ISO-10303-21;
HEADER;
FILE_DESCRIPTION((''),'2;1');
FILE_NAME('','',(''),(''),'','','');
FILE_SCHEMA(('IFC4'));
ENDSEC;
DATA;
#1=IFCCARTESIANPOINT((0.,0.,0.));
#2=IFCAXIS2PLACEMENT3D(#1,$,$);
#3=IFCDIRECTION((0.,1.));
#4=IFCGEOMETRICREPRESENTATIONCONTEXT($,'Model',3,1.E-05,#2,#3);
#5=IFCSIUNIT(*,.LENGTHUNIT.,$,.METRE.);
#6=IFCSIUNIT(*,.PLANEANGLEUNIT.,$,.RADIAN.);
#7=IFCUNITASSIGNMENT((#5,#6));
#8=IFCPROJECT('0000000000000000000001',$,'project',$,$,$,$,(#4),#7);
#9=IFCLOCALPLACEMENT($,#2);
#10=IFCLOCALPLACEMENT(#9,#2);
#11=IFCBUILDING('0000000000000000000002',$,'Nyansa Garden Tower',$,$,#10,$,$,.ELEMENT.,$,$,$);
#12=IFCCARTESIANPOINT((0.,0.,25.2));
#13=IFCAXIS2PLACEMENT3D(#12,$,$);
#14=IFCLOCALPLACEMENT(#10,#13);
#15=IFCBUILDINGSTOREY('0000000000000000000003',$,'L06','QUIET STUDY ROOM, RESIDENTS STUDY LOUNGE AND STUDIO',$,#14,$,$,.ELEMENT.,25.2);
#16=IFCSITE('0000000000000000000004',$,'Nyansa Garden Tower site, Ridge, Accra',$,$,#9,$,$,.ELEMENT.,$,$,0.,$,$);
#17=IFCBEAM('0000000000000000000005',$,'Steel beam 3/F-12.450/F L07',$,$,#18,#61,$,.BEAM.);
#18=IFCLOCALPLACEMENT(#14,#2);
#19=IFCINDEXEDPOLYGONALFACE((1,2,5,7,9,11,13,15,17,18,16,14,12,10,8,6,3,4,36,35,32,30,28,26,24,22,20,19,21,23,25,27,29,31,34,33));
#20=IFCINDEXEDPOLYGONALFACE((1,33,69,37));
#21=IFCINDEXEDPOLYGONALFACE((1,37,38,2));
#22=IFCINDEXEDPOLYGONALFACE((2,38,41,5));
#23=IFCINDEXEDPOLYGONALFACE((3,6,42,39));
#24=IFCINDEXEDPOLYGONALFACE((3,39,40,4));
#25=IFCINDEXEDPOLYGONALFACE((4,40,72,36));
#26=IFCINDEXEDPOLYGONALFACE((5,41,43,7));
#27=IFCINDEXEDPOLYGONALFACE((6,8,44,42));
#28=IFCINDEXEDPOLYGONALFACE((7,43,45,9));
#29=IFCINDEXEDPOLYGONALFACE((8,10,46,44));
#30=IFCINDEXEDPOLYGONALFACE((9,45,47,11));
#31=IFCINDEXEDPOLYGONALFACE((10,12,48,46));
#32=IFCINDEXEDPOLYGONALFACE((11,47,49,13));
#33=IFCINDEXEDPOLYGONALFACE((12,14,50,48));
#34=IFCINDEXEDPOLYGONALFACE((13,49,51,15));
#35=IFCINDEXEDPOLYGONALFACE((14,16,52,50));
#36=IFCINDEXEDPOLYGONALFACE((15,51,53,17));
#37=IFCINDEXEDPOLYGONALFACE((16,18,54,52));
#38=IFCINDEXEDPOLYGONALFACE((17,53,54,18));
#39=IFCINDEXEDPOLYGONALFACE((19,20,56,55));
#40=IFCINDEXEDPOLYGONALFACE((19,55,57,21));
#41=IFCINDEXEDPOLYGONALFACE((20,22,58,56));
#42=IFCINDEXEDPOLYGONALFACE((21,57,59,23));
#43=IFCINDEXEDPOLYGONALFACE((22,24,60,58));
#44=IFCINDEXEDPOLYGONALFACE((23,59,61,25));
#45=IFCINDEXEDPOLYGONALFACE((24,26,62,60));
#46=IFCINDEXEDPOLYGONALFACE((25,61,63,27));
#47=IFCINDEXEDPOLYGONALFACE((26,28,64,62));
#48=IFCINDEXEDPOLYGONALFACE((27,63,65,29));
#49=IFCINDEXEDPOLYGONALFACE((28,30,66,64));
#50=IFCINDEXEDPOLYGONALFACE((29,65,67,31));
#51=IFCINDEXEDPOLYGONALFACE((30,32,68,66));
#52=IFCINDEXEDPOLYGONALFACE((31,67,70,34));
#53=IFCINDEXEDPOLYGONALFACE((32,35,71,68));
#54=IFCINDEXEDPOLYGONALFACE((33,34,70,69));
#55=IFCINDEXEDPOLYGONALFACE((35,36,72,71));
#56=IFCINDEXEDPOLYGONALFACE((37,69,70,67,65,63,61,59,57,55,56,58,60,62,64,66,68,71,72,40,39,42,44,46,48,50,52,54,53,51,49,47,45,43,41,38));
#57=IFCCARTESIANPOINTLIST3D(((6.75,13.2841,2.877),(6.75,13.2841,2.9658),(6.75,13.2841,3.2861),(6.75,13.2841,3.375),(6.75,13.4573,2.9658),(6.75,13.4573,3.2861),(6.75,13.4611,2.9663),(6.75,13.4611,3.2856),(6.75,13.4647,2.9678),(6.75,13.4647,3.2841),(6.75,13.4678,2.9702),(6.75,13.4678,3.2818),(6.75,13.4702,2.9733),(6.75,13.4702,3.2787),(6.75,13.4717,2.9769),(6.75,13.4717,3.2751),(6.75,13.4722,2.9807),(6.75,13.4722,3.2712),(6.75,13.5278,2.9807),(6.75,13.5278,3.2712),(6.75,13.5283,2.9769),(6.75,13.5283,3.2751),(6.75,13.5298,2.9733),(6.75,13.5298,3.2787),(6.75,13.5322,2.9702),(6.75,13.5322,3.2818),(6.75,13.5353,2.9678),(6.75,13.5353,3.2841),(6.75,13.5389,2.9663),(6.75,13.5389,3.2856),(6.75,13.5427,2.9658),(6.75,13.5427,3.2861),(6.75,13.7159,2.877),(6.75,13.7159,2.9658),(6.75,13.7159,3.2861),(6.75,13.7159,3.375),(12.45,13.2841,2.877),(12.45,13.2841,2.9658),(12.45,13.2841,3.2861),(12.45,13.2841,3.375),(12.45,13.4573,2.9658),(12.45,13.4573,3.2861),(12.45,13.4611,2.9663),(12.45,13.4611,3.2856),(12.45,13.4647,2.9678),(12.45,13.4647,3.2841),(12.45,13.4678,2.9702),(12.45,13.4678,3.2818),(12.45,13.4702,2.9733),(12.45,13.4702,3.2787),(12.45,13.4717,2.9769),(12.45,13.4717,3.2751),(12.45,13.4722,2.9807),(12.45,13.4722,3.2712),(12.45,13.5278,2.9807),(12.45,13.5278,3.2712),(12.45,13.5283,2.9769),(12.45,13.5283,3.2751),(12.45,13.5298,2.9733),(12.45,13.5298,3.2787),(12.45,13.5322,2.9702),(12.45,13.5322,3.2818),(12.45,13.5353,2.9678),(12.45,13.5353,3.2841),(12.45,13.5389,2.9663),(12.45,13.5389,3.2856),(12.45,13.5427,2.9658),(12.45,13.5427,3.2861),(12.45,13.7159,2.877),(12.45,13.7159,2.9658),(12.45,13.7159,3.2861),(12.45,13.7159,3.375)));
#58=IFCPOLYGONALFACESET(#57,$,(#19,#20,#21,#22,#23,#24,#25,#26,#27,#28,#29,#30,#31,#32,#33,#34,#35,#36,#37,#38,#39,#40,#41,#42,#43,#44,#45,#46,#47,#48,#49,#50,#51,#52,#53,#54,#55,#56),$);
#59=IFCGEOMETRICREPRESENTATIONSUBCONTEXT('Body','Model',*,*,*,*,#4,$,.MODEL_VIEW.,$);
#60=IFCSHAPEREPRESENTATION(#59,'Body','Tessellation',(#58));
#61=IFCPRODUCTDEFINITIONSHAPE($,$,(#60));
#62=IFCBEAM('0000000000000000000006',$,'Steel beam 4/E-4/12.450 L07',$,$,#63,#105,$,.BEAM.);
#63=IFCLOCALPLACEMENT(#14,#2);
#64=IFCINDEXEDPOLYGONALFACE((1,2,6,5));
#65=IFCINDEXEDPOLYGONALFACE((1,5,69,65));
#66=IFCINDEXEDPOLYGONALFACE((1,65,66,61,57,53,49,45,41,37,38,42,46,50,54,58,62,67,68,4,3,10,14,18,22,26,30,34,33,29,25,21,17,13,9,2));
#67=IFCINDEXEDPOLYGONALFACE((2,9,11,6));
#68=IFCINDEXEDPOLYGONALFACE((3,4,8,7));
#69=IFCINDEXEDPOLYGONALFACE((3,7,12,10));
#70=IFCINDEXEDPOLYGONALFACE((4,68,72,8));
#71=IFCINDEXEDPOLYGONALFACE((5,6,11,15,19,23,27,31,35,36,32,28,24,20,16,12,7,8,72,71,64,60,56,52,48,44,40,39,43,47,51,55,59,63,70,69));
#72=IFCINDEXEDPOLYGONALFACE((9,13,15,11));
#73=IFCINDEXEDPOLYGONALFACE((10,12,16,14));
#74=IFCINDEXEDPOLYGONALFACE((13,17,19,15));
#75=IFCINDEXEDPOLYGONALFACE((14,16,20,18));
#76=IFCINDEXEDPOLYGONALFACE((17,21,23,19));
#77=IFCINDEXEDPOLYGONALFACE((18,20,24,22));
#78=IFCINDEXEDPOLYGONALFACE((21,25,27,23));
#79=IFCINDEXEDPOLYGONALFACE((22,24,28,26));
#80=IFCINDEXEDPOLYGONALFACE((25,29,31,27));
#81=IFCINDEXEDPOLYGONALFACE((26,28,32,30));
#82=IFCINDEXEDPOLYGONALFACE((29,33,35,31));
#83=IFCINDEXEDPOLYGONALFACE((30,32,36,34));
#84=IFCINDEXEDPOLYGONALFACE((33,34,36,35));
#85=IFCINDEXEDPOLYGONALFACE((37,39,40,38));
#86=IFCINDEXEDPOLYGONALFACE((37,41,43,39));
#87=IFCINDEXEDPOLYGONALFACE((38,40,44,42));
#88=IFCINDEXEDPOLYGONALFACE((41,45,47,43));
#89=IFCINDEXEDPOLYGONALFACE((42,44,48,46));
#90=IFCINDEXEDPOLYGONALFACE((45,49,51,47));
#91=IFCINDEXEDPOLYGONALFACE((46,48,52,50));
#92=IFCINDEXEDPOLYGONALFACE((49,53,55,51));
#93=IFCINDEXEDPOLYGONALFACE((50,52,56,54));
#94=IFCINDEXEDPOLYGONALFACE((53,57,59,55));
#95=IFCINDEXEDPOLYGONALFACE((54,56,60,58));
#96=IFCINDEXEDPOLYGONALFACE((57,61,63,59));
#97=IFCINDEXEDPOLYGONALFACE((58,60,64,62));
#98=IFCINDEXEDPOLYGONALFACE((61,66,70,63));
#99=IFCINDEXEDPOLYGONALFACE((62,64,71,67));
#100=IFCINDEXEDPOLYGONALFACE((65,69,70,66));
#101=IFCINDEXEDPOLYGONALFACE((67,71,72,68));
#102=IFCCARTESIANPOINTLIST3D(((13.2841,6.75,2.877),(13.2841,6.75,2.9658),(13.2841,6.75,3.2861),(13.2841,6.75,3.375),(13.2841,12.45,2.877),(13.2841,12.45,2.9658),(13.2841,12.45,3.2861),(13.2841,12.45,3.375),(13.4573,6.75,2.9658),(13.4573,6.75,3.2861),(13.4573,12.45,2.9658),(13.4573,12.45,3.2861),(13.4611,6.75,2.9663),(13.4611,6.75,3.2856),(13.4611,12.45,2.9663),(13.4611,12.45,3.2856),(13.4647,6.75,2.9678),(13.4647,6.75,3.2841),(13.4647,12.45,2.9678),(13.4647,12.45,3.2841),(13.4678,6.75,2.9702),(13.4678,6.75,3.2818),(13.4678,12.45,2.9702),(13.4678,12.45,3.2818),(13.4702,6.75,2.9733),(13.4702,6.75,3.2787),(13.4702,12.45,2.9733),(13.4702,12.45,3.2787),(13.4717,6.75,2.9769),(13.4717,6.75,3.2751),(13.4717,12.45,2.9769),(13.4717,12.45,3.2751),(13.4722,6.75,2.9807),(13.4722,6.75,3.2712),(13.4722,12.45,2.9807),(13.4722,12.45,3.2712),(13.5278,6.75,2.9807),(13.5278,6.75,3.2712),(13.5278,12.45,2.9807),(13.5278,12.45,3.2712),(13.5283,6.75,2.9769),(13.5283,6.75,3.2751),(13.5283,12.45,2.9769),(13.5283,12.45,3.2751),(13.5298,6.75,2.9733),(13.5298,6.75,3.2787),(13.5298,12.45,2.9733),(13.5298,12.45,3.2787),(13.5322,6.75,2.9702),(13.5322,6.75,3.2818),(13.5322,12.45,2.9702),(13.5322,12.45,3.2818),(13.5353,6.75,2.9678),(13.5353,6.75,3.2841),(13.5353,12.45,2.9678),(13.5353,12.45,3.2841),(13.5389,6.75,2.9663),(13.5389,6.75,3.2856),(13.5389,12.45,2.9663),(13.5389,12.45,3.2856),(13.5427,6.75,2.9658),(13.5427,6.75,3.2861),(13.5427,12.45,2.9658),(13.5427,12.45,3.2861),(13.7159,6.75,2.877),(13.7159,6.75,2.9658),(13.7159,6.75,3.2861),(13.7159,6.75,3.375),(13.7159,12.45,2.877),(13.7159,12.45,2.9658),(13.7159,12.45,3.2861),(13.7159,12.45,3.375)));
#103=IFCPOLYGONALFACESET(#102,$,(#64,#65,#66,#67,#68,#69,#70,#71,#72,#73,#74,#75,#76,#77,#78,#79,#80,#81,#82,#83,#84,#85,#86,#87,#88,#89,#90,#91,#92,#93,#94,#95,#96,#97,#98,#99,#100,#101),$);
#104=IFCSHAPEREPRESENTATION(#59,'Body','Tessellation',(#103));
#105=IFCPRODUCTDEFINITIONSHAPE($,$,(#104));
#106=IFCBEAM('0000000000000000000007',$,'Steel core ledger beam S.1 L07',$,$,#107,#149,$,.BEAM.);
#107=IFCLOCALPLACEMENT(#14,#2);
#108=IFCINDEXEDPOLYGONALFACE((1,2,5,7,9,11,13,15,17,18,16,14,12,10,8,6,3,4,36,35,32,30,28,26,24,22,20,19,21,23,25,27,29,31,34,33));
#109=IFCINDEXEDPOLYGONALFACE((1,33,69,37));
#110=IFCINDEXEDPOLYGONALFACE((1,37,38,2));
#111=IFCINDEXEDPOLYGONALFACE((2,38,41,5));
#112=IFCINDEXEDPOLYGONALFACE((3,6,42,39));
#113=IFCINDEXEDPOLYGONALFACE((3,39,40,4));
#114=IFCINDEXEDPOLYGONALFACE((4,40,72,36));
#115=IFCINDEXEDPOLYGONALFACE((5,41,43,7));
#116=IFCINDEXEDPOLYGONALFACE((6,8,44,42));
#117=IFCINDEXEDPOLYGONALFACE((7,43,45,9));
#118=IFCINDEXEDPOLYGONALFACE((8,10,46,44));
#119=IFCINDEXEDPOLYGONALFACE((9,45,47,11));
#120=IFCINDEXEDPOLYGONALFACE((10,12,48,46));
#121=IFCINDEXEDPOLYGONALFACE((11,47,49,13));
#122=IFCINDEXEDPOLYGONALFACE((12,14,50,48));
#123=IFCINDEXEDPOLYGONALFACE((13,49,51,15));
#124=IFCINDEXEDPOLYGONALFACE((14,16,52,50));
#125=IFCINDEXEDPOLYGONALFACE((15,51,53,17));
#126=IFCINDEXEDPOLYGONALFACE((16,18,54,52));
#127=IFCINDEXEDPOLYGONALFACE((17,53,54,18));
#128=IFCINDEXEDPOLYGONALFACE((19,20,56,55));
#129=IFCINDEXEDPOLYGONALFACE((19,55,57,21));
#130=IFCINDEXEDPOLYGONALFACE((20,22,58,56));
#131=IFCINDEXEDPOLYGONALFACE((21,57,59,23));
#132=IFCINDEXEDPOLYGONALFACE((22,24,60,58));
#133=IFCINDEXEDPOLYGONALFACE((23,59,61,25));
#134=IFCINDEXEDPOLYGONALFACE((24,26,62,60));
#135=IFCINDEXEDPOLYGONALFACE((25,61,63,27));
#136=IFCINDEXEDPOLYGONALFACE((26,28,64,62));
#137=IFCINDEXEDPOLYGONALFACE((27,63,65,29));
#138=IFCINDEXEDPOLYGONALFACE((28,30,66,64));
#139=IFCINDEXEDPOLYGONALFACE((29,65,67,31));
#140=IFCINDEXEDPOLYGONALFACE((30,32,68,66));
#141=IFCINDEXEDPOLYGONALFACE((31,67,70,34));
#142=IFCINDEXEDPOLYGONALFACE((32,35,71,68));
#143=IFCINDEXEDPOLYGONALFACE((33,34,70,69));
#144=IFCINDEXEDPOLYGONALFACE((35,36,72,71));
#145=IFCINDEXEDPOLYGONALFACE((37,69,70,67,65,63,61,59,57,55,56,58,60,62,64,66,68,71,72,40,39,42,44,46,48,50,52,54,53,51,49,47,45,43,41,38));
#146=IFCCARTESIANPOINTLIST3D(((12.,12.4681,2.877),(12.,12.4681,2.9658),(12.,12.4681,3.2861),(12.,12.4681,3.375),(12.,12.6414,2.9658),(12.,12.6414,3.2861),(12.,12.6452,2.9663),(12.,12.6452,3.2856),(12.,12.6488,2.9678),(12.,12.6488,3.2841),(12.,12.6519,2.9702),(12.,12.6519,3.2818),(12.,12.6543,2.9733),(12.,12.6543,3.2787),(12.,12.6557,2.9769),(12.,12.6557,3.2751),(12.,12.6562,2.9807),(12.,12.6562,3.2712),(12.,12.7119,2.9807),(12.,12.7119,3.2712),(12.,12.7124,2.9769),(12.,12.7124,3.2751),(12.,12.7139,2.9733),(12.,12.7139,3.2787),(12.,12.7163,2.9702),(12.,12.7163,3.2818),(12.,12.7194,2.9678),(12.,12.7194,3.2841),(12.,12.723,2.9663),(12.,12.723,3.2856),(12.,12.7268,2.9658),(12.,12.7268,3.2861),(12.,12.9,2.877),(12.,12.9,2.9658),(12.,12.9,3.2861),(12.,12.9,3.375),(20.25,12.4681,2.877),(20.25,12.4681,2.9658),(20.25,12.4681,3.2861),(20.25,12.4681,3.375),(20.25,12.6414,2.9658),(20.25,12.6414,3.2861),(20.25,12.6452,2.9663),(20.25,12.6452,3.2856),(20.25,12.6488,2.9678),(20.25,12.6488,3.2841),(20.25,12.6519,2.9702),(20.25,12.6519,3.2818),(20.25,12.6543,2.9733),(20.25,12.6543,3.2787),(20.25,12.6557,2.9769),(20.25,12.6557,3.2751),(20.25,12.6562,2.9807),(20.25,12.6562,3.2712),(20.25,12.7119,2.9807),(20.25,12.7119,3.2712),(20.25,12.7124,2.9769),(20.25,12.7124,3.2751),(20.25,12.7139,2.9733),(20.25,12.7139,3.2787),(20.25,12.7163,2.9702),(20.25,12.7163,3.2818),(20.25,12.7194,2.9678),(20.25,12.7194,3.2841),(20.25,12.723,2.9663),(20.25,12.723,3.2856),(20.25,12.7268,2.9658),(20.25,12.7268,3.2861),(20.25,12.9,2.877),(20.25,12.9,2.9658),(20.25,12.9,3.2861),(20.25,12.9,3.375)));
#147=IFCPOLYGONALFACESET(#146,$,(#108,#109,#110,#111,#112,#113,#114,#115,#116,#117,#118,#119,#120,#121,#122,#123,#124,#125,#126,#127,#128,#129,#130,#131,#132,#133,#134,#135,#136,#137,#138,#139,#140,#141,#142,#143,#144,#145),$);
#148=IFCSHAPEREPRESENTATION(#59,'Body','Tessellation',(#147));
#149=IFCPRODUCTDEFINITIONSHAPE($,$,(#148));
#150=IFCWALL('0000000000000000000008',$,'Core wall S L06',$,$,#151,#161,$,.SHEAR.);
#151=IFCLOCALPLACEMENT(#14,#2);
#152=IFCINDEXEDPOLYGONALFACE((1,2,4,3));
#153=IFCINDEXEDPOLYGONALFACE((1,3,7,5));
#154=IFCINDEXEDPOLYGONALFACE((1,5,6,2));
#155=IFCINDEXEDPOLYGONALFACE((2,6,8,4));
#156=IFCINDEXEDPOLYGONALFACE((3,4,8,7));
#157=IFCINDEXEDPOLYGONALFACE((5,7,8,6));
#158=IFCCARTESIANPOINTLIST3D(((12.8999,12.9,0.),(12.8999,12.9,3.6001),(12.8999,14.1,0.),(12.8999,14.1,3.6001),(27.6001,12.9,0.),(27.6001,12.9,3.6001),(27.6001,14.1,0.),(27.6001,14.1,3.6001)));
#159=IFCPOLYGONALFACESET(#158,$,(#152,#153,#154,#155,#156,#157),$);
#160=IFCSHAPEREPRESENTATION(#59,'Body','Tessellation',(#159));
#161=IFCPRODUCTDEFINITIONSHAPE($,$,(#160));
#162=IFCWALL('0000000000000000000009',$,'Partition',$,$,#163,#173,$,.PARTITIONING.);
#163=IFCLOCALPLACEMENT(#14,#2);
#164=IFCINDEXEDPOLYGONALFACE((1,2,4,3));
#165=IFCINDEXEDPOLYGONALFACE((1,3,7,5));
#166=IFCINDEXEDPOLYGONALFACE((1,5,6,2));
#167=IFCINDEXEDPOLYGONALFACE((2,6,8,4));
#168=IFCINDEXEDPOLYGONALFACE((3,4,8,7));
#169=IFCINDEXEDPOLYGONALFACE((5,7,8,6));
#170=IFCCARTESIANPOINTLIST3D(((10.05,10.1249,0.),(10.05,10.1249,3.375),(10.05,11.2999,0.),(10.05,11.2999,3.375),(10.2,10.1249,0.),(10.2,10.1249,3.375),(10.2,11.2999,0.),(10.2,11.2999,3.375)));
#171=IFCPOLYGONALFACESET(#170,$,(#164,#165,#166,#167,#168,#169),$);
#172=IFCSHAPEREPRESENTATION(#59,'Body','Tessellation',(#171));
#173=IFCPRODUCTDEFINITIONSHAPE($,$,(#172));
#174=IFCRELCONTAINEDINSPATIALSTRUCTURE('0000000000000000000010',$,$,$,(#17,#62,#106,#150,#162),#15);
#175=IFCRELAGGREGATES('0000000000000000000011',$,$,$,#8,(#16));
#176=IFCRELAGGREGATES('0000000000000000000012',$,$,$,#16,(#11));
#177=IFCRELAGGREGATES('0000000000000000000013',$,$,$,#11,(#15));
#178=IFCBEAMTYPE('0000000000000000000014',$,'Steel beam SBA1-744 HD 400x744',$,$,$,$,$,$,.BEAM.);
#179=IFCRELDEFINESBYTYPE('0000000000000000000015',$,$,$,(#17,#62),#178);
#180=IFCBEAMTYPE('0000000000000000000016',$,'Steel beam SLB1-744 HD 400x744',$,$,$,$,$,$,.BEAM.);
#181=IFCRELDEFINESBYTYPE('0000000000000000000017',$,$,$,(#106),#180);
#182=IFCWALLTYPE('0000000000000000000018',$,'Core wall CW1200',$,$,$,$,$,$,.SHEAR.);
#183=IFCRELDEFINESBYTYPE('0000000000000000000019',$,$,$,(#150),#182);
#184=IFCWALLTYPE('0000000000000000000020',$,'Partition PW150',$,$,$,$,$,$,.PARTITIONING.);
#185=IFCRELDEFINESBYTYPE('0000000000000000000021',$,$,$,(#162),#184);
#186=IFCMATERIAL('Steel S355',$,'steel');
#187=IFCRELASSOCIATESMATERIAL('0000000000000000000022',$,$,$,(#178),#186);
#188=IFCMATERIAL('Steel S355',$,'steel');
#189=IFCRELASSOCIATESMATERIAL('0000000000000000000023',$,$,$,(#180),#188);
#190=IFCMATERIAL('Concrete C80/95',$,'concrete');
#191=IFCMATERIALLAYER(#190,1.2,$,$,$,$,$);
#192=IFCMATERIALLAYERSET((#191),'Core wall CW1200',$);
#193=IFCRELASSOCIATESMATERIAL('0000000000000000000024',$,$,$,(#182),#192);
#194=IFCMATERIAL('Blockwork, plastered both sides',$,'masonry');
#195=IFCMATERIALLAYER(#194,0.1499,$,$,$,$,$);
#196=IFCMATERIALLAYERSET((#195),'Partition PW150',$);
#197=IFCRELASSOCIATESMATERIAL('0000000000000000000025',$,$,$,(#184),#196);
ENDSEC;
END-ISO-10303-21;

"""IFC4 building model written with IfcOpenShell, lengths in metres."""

from ifc_helpers import new_model, si_unit, direction, frame, frame_2d, origin, origin_2d, place, context, subcontext, project, spatial, rectangle, i_section, extrude, material, layer, layer_set, material_profile, profile_set, type_object, element, save


model = new_model("IFC4")

# Units and contexts
model_context = context("Model", 3, precision=1e-05, world=origin(), true_north=direction((0.0, 1.0)))
body_context = subcontext(model_context, "Body", "Model", "MODEL_VIEW")
ifc_project = project(units=[si_unit("LENGTHUNIT", "METRE"), si_unit("PLANEANGLEUNIT", "RADIAN")], contexts=[model_context])

# Site, building, storey
site_placement = place(None, origin())
site = spatial("IfcSite", under=ifc_project, at=site_placement, Name="Nyansa Garden Tower site, Ridge, Accra", CompositionType="ELEMENT", RefElevation=0.0)
building_placement = place(site_placement, origin())
building = spatial("IfcBuilding", under=site, at=building_placement, Name="Nyansa Garden Tower", CompositionType="ELEMENT")
storey_placement = place(building_placement, frame((0.0, 0.0, 25.2)))
storey = spatial("IfcBuildingStorey", under=building, at=storey_placement, Name="L06", Description="QUIET STUDY ROOM, RESIDENTS STUDY LOUNGE AND STUDIO", CompositionType="ELEMENT", Elevation=25.2)

# Beams
ifc_material_1 = material(Name="Steel S355", Category="steel")
ifc_material_profile_1 = material_profile(ifc_material_1, i_section(OverallWidth=0.4319, OverallDepth=0.498, WebThickness=0.0557, FlangeThickness=0.0889, FilletRadius=0.0149, at=origin_2d()), Name="HD 400x744")
ifc_profile_set_1 = profile_set([ifc_material_profile_1], Name="Steel S355")
beam_type_1 = type_object("IfcBeamType", Name="Steel beam SBA1-744 HD 400x744", PredefinedType="BEAM", material=ifc_profile_set_1)
for number, where, z_axis, x_axis, name in (
    (1, (6.75, 13.5, 3.126), (1.0, 0.0, 0.0), (0.0, 1.0, 0.0), "Steel beam 3/F-12.450/F L07"),
    (2, (13.5, 6.75, 3.126), (0.0, 1.0, 0.0), (-1.0, 0.0, 0.0), "Steel beam 4/E-4/12.450 L07"),
):
    element("IfcBeam", number, at=place(storey_placement, frame(where, z_axis=z_axis, x_axis=x_axis)), inside=storey, type_object=beam_type_1, Name=name, PredefinedType="BEAM", context=body_context, shape_type="SweptSolid", body=[
        extrude(i_section(OverallWidth=0.4319, OverallDepth=0.498, WebThickness=0.0557, FlangeThickness=0.0889, FilletRadius=0.0149, at=origin_2d()), origin(), (0.0, 0.0, 1.0), 5.7),
    ])
ifc_material_2 = material(Name="Steel S355", Category="steel")
ifc_material_profile_2 = material_profile(ifc_material_2, i_section(OverallWidth=0.4319, OverallDepth=0.498, WebThickness=0.0557, FlangeThickness=0.0889, FilletRadius=0.0149, at=origin_2d()), Name="HD 400x744")
ifc_profile_set_2 = profile_set([ifc_material_profile_2], Name="Steel S355")
beam_type_2 = type_object("IfcBeamType", Name="Steel beam SLB1-744 HD 400x744", PredefinedType="BEAM", material=ifc_profile_set_2)
beam_placement = place(storey_placement, frame((12.0, 12.6841, 3.126), z_axis=(1.0, 0.0, 0.0), x_axis=(0.0, 1.0, 0.0)))
element("IfcBeam", 3, at=beam_placement, inside=storey, type_object=beam_type_2, Name="Steel core ledger beam S.1 L07", PredefinedType="BEAM", context=body_context, shape_type="SweptSolid", body=[
    extrude(i_section(OverallWidth=0.4319, OverallDepth=0.498, WebThickness=0.0557, FlangeThickness=0.0889, FilletRadius=0.0149, at=origin_2d()), origin(), (0.0, 0.0, 1.0), 8.25),
])

# Walls
ifc_material_3 = material(Name="Concrete C80/95", Category="concrete")
ifc_layer_1 = layer(ifc_material_3, 1.2)
ifc_layer_set_1 = layer_set([ifc_layer_1], Name="Core wall CW1200")
wall_type_1 = type_object("IfcWallType", Name="Core wall CW1200", PredefinedType="SHEAR", material=ifc_layer_set_1)
wall_1_placement = place(storey_placement, frame((12.8999, 13.5, 0.0), z_axis=(0.0, 0.0, 1.0), x_axis=(1.0, 0.0, 0.0)))
element("IfcWall", 4, at=wall_1_placement, inside=storey, type_object=wall_type_1, Name="Core wall S L06", PredefinedType="SHEAR", context=body_context, shape_type="SweptSolid", body=[
    extrude(rectangle(XDim=14.7002, YDim=1.2, at=frame_2d((7.3501, 0.0))), origin(), (0.0, 0.0, 1.0), 3.6001),
])
ifc_material_4 = material(Name="Blockwork, plastered both sides", Category="masonry")
ifc_layer_2 = layer(ifc_material_4, 0.1499)
ifc_layer_set_2 = layer_set([ifc_layer_2], Name="Partition PW150")
wall_type_2 = type_object("IfcWallType", Name="Partition PW150", PredefinedType="PARTITIONING", material=ifc_layer_set_2)
wall_2_placement = place(storey_placement, frame((10.125, 10.125, 0.0), z_axis=(0.0, 0.0, 1.0), x_axis=(0.0, 1.0, 0.0)))
element("IfcWall", 5, at=wall_2_placement, inside=storey, type_object=wall_type_2, Name="Partition", PredefinedType="PARTITIONING", context=body_context, shape_type="SweptSolid", body=[
    extrude(rectangle(XDim=1.175, YDim=0.1499, at=frame_2d((0.5874, 0.0))), origin(), (0.0, 0.0, 1.0), 3.375),
])

save(model, "model.ifc")
